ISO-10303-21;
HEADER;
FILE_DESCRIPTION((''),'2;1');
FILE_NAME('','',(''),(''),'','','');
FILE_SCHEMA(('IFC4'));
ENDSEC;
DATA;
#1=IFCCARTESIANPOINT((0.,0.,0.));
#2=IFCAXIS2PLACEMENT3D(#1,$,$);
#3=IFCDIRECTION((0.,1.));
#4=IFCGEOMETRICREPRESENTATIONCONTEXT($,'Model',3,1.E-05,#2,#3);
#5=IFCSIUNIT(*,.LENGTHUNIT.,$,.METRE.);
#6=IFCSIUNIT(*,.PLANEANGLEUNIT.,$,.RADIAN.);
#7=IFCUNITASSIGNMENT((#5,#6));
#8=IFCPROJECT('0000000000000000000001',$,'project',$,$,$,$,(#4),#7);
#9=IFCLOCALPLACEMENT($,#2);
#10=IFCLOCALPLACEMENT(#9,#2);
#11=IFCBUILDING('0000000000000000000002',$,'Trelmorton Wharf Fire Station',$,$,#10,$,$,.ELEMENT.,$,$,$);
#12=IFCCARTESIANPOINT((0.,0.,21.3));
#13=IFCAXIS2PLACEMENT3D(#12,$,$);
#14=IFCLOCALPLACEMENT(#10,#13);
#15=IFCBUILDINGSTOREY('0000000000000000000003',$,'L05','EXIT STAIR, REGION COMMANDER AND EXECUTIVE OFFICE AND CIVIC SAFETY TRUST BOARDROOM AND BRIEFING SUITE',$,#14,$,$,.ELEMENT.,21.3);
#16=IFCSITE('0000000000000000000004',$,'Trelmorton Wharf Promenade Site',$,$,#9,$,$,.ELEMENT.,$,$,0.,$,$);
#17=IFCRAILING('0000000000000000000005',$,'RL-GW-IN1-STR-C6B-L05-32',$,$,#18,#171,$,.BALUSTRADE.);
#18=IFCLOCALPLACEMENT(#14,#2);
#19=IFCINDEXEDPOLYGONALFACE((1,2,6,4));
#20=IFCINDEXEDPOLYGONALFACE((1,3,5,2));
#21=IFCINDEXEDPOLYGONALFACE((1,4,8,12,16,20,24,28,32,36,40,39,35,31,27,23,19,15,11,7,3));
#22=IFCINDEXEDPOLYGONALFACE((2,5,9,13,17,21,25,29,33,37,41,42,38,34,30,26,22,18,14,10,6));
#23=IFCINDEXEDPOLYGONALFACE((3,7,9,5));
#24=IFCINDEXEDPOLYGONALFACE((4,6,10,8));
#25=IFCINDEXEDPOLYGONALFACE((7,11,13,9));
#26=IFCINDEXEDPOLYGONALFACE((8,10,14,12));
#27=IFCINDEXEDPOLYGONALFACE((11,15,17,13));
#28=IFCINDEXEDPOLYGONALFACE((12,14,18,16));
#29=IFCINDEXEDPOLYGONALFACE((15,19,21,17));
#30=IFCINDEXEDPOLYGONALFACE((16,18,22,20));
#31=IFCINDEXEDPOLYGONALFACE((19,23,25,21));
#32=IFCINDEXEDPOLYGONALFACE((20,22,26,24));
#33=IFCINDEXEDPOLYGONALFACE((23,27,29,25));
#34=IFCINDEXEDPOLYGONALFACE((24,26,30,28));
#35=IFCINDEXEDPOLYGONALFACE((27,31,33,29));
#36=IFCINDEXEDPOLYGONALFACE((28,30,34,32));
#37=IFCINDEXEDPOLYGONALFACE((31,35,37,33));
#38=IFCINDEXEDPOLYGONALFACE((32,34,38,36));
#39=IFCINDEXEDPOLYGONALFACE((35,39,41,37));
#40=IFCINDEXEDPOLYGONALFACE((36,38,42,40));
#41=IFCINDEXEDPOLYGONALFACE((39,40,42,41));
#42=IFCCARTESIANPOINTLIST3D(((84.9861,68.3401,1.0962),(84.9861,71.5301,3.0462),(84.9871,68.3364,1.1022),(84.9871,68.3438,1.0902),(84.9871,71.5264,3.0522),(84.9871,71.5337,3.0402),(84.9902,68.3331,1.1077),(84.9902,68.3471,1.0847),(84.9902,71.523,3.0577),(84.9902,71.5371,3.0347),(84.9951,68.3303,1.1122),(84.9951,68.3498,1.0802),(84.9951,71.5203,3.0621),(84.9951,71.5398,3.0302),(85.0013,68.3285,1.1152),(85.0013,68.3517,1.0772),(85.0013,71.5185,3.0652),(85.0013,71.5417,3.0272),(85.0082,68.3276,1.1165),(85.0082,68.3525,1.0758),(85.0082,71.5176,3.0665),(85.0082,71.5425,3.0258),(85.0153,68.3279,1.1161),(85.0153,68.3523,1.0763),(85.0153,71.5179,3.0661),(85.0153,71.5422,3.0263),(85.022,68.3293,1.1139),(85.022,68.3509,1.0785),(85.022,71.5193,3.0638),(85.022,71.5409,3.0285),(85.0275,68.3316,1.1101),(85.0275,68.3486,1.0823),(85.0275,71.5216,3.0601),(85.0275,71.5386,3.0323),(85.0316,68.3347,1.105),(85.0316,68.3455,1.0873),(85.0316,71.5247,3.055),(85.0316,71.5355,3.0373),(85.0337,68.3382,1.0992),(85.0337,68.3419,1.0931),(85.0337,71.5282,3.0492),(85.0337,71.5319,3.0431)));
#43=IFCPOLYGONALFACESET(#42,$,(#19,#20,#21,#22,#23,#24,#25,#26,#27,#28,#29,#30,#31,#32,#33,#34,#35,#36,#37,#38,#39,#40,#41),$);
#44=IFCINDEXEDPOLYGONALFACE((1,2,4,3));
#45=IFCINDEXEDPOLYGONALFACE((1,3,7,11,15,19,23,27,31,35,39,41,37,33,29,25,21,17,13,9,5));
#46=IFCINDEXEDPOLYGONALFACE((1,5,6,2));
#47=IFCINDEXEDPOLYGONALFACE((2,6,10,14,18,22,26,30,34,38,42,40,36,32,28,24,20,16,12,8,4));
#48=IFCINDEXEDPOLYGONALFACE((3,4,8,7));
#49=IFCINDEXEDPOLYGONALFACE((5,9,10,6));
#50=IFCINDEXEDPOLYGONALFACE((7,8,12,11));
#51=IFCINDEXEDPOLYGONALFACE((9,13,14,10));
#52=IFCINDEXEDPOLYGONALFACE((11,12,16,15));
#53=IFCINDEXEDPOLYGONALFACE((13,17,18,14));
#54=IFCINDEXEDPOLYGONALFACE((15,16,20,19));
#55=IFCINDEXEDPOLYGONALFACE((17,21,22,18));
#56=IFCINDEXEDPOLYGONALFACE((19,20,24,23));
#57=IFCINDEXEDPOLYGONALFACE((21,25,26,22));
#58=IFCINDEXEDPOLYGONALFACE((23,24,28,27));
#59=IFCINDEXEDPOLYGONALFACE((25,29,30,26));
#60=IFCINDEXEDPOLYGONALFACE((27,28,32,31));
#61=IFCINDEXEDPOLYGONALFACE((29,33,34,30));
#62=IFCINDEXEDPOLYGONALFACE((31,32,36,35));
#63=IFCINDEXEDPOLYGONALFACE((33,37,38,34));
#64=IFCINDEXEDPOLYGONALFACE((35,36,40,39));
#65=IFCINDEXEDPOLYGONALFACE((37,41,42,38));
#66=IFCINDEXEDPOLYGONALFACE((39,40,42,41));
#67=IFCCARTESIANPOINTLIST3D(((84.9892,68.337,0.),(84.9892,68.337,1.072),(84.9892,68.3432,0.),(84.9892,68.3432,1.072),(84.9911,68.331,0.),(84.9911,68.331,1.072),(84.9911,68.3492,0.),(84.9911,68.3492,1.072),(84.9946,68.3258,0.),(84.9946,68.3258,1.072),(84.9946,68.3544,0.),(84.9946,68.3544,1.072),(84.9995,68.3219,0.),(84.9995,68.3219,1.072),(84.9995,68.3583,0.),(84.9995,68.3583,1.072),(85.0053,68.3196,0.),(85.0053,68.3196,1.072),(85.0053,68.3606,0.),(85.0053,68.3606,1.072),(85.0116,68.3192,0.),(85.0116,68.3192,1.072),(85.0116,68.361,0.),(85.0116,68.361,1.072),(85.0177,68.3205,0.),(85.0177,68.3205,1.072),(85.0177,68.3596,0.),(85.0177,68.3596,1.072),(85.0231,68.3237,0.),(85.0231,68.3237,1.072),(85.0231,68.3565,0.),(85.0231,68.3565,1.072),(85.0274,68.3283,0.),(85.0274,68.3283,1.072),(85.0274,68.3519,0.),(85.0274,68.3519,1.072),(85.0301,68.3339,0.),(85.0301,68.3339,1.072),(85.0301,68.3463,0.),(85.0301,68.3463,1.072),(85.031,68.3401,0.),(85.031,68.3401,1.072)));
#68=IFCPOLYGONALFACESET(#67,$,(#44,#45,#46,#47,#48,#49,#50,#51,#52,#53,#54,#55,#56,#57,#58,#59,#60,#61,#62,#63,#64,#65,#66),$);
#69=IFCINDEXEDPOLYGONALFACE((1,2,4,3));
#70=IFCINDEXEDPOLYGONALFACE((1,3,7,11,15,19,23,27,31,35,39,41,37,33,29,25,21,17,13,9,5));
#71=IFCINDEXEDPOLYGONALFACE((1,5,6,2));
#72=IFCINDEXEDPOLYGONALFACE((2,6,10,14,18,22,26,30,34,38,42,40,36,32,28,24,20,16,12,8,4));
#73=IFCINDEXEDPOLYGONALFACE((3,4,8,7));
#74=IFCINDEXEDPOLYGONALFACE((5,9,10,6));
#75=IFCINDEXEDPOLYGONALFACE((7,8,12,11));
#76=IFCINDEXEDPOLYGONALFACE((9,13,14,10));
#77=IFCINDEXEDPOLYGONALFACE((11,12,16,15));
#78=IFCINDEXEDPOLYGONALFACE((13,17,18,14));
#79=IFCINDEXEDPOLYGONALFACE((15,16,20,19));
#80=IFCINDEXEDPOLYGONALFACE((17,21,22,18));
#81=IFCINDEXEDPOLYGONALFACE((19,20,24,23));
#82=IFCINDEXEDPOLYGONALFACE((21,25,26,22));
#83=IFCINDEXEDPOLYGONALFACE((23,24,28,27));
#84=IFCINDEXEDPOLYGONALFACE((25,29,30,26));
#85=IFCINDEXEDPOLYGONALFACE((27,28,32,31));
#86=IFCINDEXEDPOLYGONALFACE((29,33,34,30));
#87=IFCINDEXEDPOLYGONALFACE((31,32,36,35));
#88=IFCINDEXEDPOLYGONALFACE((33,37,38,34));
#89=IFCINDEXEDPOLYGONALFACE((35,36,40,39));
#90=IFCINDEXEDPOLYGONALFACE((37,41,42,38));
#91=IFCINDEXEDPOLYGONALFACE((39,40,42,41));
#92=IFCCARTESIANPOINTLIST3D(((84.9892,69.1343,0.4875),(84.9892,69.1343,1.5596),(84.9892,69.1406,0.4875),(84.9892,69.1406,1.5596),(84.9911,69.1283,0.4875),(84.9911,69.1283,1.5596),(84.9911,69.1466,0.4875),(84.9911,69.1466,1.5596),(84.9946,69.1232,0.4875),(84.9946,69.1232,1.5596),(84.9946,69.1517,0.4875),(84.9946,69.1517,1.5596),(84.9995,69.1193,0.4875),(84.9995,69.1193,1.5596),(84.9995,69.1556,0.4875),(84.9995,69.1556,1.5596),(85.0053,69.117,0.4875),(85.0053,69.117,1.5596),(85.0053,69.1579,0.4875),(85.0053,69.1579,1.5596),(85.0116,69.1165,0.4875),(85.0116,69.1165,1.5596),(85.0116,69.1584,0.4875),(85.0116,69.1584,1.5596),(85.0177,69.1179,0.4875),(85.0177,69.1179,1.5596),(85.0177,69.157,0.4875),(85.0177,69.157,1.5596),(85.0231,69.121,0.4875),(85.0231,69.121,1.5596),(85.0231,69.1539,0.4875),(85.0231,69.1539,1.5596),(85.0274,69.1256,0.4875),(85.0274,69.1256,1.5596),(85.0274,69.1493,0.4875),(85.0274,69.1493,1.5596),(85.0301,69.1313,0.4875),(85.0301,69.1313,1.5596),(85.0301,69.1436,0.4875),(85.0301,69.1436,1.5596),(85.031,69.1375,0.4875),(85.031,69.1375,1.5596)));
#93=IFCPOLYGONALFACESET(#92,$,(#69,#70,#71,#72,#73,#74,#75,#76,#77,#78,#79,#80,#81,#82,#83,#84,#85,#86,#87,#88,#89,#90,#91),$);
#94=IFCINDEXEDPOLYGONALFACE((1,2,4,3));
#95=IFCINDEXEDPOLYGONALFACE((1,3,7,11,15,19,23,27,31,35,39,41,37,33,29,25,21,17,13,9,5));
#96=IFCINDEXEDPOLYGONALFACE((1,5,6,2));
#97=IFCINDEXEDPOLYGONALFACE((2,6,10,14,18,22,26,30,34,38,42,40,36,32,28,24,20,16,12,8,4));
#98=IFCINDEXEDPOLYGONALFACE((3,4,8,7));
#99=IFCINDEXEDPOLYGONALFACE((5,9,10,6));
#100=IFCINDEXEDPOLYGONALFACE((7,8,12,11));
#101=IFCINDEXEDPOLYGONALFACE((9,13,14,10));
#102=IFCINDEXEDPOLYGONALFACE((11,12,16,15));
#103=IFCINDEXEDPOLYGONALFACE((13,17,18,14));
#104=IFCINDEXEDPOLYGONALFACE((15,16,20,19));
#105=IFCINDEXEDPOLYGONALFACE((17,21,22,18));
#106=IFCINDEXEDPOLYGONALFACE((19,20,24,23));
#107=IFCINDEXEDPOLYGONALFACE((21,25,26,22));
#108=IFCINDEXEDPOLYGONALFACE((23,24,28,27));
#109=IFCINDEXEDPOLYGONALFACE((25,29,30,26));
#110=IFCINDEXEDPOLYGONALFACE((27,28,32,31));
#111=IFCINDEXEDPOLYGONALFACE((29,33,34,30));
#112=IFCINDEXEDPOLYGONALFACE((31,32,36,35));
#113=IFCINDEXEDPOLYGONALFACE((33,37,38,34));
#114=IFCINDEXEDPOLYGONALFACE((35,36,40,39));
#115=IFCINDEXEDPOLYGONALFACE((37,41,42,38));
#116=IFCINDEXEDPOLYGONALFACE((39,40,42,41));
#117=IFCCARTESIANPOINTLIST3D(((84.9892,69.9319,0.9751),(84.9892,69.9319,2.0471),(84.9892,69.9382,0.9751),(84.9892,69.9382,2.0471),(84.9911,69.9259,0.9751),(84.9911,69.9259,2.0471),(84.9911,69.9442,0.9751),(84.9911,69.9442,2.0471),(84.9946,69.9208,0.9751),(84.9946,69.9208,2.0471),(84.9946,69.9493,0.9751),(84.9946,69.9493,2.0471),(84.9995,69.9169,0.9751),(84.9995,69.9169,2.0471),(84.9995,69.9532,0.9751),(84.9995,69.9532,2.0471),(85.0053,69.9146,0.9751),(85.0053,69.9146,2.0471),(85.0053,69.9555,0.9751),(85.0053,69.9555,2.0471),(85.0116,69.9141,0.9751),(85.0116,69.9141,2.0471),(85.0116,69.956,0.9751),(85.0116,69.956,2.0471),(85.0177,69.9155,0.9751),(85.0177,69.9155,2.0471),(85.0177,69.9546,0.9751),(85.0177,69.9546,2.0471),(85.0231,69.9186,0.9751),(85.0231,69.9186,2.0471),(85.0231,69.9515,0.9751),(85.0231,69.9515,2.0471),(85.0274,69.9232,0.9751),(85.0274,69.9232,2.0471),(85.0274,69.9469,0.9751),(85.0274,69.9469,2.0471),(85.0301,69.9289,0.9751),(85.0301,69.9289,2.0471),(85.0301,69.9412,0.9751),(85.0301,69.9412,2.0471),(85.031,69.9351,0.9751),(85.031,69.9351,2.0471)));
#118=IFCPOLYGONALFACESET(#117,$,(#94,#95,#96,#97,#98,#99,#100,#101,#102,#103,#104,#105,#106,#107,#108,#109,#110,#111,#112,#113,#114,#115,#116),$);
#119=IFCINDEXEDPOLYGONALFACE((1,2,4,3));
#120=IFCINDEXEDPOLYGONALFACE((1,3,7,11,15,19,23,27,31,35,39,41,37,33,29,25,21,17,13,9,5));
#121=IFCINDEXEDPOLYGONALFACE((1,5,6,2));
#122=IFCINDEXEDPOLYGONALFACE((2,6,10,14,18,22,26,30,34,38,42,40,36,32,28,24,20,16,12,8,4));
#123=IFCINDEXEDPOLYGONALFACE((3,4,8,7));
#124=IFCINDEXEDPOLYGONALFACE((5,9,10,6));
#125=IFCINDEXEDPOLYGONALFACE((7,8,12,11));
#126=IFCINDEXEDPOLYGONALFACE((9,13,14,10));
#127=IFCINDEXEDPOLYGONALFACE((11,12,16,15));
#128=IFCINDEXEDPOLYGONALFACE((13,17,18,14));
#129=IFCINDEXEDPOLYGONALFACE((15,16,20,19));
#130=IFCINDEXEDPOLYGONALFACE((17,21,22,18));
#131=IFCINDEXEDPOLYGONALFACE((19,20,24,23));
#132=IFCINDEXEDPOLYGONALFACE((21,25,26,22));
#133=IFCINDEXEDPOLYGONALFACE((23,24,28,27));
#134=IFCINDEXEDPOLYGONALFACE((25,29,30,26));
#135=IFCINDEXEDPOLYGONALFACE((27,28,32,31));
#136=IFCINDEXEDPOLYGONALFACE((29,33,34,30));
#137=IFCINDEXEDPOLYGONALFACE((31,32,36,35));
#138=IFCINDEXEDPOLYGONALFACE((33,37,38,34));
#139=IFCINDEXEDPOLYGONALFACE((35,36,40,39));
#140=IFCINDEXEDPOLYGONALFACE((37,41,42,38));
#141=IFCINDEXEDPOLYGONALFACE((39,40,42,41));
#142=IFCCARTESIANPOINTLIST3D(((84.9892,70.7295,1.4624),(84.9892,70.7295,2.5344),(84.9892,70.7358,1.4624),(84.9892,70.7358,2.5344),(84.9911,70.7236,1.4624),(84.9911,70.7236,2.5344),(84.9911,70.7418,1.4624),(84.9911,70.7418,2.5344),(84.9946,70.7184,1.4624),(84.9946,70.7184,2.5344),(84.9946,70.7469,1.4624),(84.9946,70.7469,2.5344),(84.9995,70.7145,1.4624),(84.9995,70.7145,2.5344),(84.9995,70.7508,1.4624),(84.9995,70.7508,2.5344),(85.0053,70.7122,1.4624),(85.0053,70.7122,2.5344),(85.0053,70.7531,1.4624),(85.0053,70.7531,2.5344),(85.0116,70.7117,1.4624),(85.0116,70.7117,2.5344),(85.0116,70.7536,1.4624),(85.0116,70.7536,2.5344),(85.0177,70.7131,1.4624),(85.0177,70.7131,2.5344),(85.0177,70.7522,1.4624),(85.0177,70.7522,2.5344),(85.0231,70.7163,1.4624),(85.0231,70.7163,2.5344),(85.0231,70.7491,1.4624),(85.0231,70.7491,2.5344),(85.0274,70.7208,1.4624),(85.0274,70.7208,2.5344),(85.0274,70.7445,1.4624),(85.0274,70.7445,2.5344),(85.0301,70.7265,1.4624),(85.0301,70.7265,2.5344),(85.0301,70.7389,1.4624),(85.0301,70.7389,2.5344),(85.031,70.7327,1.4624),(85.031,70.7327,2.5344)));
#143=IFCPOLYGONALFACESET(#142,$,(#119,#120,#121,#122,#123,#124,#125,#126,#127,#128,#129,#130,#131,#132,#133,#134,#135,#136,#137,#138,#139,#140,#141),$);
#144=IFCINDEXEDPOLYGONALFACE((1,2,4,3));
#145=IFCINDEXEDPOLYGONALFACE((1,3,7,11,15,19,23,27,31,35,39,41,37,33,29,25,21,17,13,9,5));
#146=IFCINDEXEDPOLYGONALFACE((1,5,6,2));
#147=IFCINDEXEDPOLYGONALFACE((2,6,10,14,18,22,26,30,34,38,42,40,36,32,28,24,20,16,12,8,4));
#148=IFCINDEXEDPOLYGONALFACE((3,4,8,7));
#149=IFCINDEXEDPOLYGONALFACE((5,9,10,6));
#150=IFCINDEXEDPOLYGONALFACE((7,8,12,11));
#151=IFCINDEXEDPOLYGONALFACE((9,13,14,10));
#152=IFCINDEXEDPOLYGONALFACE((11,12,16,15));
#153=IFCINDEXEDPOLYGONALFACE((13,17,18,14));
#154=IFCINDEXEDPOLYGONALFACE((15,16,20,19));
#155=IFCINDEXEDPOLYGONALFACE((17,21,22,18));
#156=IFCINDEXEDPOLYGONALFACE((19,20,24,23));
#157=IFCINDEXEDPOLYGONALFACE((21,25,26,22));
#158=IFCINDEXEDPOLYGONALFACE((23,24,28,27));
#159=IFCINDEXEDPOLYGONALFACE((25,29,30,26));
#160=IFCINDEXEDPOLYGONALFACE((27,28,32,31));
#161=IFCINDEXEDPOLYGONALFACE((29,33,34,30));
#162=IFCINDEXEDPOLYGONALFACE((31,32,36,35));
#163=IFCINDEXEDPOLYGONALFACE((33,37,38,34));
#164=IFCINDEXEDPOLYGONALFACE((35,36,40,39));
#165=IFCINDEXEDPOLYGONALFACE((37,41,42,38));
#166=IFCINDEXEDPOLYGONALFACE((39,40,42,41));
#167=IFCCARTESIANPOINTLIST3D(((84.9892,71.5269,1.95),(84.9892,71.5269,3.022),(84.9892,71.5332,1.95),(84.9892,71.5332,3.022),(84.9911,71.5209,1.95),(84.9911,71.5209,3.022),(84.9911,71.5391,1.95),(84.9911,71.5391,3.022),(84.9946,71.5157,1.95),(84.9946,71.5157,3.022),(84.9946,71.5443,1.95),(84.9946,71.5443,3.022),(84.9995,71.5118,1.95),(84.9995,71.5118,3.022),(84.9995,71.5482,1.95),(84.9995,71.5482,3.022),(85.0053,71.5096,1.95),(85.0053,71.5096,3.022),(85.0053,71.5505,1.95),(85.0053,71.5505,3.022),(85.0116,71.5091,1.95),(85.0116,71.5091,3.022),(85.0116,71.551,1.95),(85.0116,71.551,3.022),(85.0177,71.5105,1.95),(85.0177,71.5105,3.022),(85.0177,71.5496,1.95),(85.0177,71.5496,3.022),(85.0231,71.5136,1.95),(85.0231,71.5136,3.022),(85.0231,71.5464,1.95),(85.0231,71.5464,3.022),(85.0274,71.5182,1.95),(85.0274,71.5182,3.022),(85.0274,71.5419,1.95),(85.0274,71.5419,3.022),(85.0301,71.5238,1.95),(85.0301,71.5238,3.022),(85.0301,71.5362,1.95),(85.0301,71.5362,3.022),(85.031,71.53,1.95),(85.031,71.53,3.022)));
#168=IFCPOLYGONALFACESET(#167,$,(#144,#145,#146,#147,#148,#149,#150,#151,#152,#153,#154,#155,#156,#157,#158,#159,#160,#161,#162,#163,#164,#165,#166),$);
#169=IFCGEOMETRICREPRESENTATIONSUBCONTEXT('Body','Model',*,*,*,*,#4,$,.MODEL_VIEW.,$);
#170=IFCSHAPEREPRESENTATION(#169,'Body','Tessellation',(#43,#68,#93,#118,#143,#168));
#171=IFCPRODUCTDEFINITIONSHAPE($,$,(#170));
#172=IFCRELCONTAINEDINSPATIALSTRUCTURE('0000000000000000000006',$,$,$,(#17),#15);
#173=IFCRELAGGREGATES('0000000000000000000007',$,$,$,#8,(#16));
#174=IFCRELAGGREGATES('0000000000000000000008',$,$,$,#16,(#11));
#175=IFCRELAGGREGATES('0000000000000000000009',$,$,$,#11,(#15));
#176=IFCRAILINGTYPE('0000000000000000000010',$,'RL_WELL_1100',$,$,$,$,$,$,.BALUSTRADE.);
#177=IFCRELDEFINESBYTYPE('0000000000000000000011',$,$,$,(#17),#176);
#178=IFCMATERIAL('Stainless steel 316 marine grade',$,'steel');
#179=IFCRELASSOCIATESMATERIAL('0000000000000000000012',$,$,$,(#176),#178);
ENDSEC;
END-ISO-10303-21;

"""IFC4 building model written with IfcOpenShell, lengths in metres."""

from ifc_helpers import new_model, si_unit, direction, frame, origin, origin_2d, place, context, subcontext, project, spatial, circle, extrude, material, type_object, element, save


model = new_model("IFC4")

# Units and contexts
model_context = context("Model", 3, precision=1e-05, world=origin(), true_north=direction((0.0, 1.0)))
body_context = subcontext(model_context, "Body", "Model", "MODEL_VIEW")
ifc_project = project(units=[si_unit("LENGTHUNIT", "METRE"), si_unit("PLANEANGLEUNIT", "RADIAN")], contexts=[model_context])

# Site, building, storey
site_placement = place(None, origin())
site = spatial("IfcSite", under=ifc_project, at=site_placement, Name="Trelmorton Wharf Promenade Site", CompositionType="ELEMENT", RefElevation=0.0)
building_placement = place(site_placement, origin())
building = spatial("IfcBuilding", under=site, at=building_placement, Name="Trelmorton Wharf Fire Station", CompositionType="ELEMENT")
storey_placement = place(building_placement, frame((0.0, 0.0, 21.3)))
storey = spatial("IfcBuildingStorey", under=building, at=storey_placement, Name="L05", Description="EXIT STAIR, REGION COMMANDER AND EXECUTIVE OFFICE AND CIVIC SAFETY TRUST BOARDROOM AND BRIEFING SUITE", CompositionType="ELEMENT", Elevation=21.3)

# Shared definitions
ifc_material_1 = material(Name="Stainless steel 316 marine grade", Category="steel")

# Railing
railing_type_1 = type_object("IfcRailingType", Name="RL_WELL_1100", PredefinedType="BALUSTRADE", material=ifc_material_1)
railing_1_placement = place(storey_placement, frame((85.01, 68.3401, 0.0)))
element("IfcRailing", 1, at=railing_1_placement, inside=storey, type_object=railing_type_1, Name="RL-GW-IN1-STR-C6B-L05-32", PredefinedType="BALUSTRADE", context=body_context, shape_type="SweptSolid", body=[
    extrude(circle(Radius=0.0239, at=origin_2d()), frame((0.0, 0.0, 1.0962), z_axis=(0.0, 0.853217, 0.521556), x_axis=(-1.0, 0.0, 0.0)), (0.0, 0.0, 1.0), 3.7388),
    extrude(circle(Radius=0.021, at=origin_2d()), origin(), (0.0, 0.0, 1.0), 1.072),
    extrude(circle(Radius=0.021, at=origin_2d()), frame((0.0, 0.7974, 0.4875)), (0.0, 0.0, 1.0), 1.072),
    extrude(circle(Radius=0.021, at=origin_2d()), frame((0.0, 1.595, 0.9751)), (0.0, 0.0, 1.0), 1.072),
    extrude(circle(Radius=0.021, at=origin_2d()), frame((0.0, 2.3926, 1.4624)), (0.0, 0.0, 1.0), 1.072),
    extrude(circle(Radius=0.021, at=origin_2d()), frame((0.0, 3.1899, 1.95)), (0.0, 0.0, 1.0), 1.072),
])

save(model, "model.ifc")
